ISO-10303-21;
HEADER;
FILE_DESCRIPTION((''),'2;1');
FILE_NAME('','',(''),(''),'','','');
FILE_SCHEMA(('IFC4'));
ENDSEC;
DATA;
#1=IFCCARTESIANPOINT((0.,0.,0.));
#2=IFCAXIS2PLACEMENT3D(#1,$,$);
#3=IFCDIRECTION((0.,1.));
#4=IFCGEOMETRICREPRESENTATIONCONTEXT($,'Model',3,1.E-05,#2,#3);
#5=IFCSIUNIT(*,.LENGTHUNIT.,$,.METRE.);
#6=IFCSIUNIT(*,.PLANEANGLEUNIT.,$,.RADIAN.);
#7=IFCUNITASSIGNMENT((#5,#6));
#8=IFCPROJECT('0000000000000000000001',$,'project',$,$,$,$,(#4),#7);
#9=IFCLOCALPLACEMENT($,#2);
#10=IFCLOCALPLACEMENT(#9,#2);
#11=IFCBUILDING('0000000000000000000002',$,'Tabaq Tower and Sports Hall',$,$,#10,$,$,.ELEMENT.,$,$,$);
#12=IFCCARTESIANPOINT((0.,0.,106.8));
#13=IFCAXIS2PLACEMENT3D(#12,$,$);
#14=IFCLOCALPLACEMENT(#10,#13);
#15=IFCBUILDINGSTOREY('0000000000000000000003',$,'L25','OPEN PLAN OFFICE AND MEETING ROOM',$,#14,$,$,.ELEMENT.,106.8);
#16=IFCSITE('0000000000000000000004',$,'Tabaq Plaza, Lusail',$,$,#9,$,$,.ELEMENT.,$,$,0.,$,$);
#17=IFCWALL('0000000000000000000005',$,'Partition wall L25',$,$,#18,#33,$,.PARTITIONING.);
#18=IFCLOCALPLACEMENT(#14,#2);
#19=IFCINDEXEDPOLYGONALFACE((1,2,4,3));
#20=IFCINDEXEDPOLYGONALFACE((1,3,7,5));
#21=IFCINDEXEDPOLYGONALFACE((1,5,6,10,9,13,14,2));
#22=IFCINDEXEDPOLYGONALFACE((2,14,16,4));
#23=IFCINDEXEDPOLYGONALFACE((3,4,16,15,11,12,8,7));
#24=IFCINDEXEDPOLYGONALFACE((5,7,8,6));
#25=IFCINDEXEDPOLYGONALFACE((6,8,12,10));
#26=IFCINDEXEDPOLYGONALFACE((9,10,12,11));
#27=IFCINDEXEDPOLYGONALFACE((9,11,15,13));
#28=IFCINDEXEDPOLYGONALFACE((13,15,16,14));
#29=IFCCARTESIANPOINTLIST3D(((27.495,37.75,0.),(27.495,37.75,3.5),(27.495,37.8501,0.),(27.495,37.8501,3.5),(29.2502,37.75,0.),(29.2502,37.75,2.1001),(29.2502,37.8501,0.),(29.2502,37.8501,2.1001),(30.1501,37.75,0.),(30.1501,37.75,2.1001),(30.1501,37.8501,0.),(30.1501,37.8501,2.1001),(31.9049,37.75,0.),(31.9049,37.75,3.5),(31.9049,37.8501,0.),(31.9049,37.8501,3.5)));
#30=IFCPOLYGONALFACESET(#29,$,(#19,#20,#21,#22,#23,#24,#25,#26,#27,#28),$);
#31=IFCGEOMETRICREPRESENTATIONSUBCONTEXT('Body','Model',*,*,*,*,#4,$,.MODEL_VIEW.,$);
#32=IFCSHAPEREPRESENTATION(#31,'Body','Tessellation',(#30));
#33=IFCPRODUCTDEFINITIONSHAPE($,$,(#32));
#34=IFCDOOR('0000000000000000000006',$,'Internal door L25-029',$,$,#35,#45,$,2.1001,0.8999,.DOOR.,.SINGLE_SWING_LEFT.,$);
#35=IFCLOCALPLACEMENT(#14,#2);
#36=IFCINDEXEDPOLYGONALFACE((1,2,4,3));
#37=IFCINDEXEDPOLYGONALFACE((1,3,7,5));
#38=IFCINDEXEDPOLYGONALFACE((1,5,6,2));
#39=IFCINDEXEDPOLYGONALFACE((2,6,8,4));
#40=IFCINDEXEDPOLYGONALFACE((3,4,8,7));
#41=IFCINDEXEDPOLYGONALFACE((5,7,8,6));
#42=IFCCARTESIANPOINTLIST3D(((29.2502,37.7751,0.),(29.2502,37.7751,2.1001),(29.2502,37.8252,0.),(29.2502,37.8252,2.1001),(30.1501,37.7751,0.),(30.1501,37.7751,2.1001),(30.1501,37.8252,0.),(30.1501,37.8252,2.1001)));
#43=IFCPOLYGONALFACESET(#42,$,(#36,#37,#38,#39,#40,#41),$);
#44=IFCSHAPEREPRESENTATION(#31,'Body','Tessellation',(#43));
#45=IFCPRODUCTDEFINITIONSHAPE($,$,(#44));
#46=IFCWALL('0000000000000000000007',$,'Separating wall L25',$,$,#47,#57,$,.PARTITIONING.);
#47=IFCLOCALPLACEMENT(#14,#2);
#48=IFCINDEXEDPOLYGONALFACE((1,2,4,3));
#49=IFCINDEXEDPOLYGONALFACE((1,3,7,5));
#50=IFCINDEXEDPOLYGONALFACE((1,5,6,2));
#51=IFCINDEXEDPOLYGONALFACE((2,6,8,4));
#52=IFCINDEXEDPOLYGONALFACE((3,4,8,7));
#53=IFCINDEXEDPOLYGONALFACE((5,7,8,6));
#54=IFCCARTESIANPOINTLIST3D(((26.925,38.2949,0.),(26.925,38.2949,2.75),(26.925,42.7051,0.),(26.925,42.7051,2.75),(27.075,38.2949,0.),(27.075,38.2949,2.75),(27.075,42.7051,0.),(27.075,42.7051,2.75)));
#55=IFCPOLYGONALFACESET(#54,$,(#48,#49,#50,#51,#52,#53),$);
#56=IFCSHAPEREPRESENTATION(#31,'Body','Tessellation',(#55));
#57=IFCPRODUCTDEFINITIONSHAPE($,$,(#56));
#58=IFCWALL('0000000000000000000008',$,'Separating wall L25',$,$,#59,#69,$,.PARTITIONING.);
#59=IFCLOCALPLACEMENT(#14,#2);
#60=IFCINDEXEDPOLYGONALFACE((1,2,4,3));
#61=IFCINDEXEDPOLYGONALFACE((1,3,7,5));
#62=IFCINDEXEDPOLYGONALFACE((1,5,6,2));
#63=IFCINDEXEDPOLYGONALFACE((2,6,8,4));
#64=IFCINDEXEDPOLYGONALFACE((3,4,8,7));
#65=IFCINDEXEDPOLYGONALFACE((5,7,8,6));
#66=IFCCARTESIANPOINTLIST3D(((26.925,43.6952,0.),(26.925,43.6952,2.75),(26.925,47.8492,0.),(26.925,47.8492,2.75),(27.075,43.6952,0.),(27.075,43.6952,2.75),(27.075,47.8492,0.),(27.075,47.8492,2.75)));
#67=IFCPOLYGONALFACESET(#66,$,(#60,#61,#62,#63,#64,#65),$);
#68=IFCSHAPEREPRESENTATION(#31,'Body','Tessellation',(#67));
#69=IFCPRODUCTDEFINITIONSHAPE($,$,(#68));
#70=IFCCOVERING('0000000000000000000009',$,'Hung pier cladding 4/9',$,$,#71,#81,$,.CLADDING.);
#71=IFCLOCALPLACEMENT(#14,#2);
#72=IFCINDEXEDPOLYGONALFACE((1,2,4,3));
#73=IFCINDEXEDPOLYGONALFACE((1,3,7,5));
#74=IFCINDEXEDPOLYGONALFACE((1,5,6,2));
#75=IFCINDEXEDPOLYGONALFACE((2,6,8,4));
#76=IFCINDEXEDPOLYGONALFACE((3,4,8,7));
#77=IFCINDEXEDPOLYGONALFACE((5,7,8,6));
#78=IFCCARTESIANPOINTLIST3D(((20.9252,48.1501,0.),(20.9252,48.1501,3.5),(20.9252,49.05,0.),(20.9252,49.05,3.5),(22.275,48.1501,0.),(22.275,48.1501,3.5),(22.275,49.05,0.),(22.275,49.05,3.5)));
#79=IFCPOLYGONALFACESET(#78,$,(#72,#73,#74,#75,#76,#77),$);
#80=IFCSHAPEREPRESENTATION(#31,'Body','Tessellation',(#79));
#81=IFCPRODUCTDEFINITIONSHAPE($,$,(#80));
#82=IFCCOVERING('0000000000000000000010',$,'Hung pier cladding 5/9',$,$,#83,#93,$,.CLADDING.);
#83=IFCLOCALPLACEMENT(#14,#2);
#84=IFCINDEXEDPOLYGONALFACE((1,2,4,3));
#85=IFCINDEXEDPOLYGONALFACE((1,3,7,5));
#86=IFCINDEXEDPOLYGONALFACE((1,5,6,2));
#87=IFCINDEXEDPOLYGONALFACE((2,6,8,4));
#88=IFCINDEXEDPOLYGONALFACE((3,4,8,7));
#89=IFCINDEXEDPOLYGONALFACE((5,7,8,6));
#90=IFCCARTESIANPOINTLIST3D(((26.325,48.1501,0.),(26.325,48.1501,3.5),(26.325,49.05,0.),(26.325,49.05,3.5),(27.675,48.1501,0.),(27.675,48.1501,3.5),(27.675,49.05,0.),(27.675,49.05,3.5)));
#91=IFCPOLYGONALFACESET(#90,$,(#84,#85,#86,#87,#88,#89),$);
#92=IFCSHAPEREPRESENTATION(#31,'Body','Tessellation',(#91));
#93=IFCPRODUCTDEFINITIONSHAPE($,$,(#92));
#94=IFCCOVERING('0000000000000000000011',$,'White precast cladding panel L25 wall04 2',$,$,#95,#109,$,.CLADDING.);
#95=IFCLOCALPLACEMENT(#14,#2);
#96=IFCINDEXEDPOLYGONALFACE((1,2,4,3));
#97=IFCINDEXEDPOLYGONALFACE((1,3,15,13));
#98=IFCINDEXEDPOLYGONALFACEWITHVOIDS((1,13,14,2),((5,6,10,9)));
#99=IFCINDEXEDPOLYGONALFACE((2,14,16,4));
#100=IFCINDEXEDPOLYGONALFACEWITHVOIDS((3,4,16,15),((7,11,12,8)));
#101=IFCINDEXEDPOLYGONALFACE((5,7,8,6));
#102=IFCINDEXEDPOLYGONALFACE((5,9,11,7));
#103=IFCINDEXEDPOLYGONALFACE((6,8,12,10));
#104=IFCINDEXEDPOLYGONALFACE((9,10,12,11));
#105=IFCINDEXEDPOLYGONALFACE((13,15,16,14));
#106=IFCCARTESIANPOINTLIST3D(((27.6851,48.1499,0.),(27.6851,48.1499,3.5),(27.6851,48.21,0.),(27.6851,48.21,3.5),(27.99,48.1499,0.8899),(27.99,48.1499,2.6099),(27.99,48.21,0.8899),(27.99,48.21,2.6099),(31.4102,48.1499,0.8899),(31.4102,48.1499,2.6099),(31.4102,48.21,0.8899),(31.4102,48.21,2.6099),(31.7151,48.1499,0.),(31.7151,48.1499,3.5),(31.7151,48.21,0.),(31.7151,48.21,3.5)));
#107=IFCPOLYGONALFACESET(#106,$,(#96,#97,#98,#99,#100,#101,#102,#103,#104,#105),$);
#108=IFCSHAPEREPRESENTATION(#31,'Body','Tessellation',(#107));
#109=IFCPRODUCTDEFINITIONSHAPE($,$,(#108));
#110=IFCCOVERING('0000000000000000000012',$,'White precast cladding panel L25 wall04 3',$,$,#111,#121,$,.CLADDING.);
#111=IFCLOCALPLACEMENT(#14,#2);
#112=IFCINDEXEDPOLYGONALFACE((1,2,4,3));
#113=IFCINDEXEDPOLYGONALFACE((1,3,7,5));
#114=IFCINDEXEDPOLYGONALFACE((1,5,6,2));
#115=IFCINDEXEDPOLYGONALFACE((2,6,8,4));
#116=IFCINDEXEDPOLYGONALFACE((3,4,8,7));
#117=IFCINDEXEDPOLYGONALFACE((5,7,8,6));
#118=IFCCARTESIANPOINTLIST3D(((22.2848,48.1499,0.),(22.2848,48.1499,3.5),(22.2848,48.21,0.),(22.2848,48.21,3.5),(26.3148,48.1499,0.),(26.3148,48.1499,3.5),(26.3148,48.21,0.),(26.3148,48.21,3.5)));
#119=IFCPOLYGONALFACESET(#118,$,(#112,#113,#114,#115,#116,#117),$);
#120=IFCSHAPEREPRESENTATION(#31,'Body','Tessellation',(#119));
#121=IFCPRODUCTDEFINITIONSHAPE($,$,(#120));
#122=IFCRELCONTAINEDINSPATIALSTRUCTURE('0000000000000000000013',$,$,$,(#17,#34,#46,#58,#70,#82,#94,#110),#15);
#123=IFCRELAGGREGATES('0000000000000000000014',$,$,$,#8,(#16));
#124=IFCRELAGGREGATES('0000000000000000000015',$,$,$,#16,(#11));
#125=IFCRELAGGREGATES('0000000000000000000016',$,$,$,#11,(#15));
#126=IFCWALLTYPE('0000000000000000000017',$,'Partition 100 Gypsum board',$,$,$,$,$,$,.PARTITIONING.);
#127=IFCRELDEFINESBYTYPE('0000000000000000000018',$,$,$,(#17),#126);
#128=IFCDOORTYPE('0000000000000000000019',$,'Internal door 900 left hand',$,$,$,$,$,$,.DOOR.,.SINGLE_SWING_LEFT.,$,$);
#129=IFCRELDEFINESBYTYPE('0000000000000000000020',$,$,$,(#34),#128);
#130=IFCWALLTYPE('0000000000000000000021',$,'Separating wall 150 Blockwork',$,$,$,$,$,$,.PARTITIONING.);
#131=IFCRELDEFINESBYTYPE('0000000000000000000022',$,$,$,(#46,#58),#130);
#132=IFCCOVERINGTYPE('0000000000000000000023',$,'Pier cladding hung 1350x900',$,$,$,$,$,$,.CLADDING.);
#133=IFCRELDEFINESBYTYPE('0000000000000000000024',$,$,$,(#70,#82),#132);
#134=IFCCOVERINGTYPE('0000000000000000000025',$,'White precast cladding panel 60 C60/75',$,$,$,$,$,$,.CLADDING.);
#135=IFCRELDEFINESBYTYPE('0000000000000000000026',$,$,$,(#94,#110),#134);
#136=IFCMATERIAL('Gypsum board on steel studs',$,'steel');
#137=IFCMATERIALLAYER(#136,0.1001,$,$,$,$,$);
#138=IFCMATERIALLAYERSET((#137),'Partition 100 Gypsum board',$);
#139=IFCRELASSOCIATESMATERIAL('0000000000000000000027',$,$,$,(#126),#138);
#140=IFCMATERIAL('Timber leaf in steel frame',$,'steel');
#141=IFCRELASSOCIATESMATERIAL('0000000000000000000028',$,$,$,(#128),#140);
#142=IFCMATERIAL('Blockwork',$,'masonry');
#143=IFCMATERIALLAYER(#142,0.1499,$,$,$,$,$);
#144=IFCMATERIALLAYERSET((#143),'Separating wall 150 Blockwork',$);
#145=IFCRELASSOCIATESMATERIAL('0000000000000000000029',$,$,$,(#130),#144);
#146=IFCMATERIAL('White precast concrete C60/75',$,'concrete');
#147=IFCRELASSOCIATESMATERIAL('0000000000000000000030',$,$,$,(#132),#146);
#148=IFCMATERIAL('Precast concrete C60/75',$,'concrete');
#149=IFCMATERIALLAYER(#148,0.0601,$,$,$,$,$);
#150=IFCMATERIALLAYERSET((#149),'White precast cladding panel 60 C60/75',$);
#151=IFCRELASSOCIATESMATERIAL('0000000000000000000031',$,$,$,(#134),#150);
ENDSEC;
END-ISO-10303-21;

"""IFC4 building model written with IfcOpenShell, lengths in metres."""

from ifc_helpers import new_model, si_unit, direction, frame, frame_2d, origin, place, context, subcontext, project, spatial, polyline, rectangle, outline, extrude, material, layer, layer_set, type_object, element, fill, save


model = new_model("IFC4")

# Units and contexts
model_context = context("Model", 3, precision=1e-05, world=origin(), true_north=direction((0.0, 1.0)))
body_context = subcontext(model_context, "Body", "Model", "MODEL_VIEW")
ifc_project = project(units=[si_unit("LENGTHUNIT", "METRE"), si_unit("PLANEANGLEUNIT", "RADIAN")], contexts=[model_context])

# Site, building, storey
site_placement = place(None, origin())
site = spatial("IfcSite", under=ifc_project, at=site_placement, Name="Tabaq Plaza, Lusail", CompositionType="ELEMENT", RefElevation=0.0)
building_placement = place(site_placement, origin())
building = spatial("IfcBuilding", under=site, at=building_placement, Name="Tabaq Tower and Sports Hall", CompositionType="ELEMENT")
storey_placement = place(building_placement, frame((0.0, 0.0, 106.8)))
storey = spatial("IfcBuildingStorey", under=building, at=storey_placement, Name="L25", Description="OPEN PLAN OFFICE AND MEETING ROOM", CompositionType="ELEMENT", Elevation=106.8)

# Shared definitions
ifc_material_1 = material(Name="Gypsum board on steel studs", Category="steel")
ifc_layer_1 = layer(ifc_material_1, 0.1001)
ifc_layer_set_1 = layer_set([ifc_layer_1], Name="Partition 100 Gypsum board")
wall_type_1 = type_object("IfcWallType", Name="Partition 100 Gypsum board", PredefinedType="PARTITIONING", material=ifc_layer_set_1)
ifc_material_2 = material(Name="Timber leaf in steel frame", Category="steel")
door_type = type_object("IfcDoorType", Name="Internal door 900 left hand", OperationType="SINGLE_SWING_LEFT", PredefinedType="DOOR", material=ifc_material_2)

# Wall, opening, door
wall_1_placement = place(storey_placement, frame((31.905, 37.8, 0.0), z_axis=(0.0, 0.0, 1.0), x_axis=(-1.0, 0.0, 0.0)))
wall_1 = element("IfcWall", 1, at=wall_1_placement, inside=storey, type_object=wall_type_1, Name="Partition wall L25", PredefinedType="PARTITIONING", context=body_context, shape_type="SweptSolid", body=[
    extrude(rectangle(XDim=4.4099, YDim=0.1001, at=frame_2d((2.2051, 0.0))), origin(), (0.0, 0.0, 1.0), 3.5),
])
opening_1_placement = place(wall_1_placement, frame((1.7549, 0.0, 0.0)))
opening_1 = element("IfcOpeningElement", 2, at=opening_1_placement, cuts=wall_1, PredefinedType="OPENING", context=body_context, shape_type="SweptSolid", body=[
    extrude(rectangle(XDim=0.8999, YDim=2.1001, at=frame_2d((0.45, 1.05))), frame((0.0, 0.05, 0.0), z_axis=(0.0, -1.0, 0.0), x_axis=(1.0, 0.0, 0.0)), (0.0, 0.0, 1.0), 0.1001),
])
door_1_placement = place(opening_1_placement, origin())
door_1 = element("IfcDoor", 3, at=door_1_placement, inside=storey, type_object=door_type, Name="Internal door L25-029", OperationType="SINGLE_SWING_LEFT", OverallHeight=2.1001, OverallWidth=0.8999, PredefinedType="DOOR", context=body_context, shape_type="SweptSolid", body=[
    extrude(rectangle(XDim=0.8999, YDim=2.1001, at=frame_2d((0.45, 1.05))), frame((0.0, 0.0249, 0.0), z_axis=(0.0, -1.0, 0.0), x_axis=(1.0, 0.0, 0.0)), (0.0, 0.0, 1.0), 0.05),
])
fill(opening_1, door_1)

# Walls
ifc_material_3 = material(Name="Blockwork", Category="masonry")
ifc_layer_2 = layer(ifc_material_3, 0.1499)
ifc_layer_set_2 = layer_set([ifc_layer_2], Name="Separating wall 150 Blockwork")
wall_type_2 = type_object("IfcWallType", Name="Separating wall 150 Blockwork", PredefinedType="PARTITIONING", material=ifc_layer_set_2)
wall_2_placement = place(storey_placement, frame((27.0, 38.2949, 0.0), z_axis=(0.0, 0.0, 1.0), x_axis=(0.0, 1.0, 0.0)))
element("IfcWall", 4, at=wall_2_placement, inside=storey, type_object=wall_type_2, Name="Separating wall L25", PredefinedType="PARTITIONING", context=body_context, shape_type="SweptSolid", body=[
    extrude(rectangle(XDim=4.4102, YDim=0.1499, at=frame_2d((2.2051, 0.0))), origin(), (0.0, 0.0, 1.0), 2.75),
])
wall_3_placement = place(storey_placement, frame((27.0, 43.6951, 0.0), z_axis=(0.0, 0.0, 1.0), x_axis=(0.0, 1.0, 0.0)))
element("IfcWall", 5, at=wall_3_placement, inside=storey, type_object=wall_type_2, Name="Separating wall L25", PredefinedType="PARTITIONING", context=body_context, shape_type="SweptSolid", body=[
    extrude(rectangle(XDim=4.1541, YDim=0.1499, at=frame_2d((2.0771, 0.0))), origin(), (0.0, 0.0, 1.0), 2.75),
])

# Coverings
ifc_material_4 = material(Name="White precast concrete C60/75", Category="concrete")
covering_type_1 = type_object("IfcCoveringType", Name="Pier cladding hung 1350x900", PredefinedType="CLADDING", material=ifc_material_4)
covering_1_placement = place(storey_placement, frame((22.2749, 48.6001, 0.0), z_axis=(0.0, 0.0, 1.0), x_axis=(-1.0, 0.0, 0.0)))
element("IfcCovering", 6, at=covering_1_placement, inside=storey, type_object=covering_type_1, Name="Hung pier cladding 4/9", PredefinedType="CLADDING", context=body_context, shape_type="SweptSolid", body=[
    extrude(rectangle(XDim=1.3499, YDim=0.8999, at=frame_2d((0.6748, 0.0))), origin(), (0.0, 0.0, 1.0), 3.5),
])
covering_2_placement = place(storey_placement, frame((27.675, 48.6001, 0.0), z_axis=(0.0, 0.0, 1.0), x_axis=(-1.0, 0.0, 0.0)))
element("IfcCovering", 7, at=covering_2_placement, inside=storey, type_object=covering_type_1, Name="Hung pier cladding 5/9", PredefinedType="CLADDING", context=body_context, shape_type="SweptSolid", body=[
    extrude(rectangle(XDim=1.3501, YDim=0.8999, at=frame_2d((0.675, 0.0))), origin(), (0.0, 0.0, 1.0), 3.5),
])
ifc_material_5 = material(Name="Precast concrete C60/75", Category="concrete")
ifc_layer_3 = layer(ifc_material_5, 0.0601)
ifc_layer_set_3 = layer_set([ifc_layer_3], Name="White precast cladding panel 60 C60/75")
covering_type_2 = type_object("IfcCoveringType", Name="White precast cladding panel 60 C60/75", PredefinedType="CLADDING", material=ifc_layer_set_3)
covering_3_placement = place(storey_placement, frame((31.7151, 48.1799, 0.0), z_axis=(0.0, 0.0, 1.0), x_axis=(-1.0, 0.0, 0.0)))
element("IfcCovering", 8, at=covering_3_placement, inside=storey, type_object=covering_type_2, Name="White precast cladding panel L25 wall04 2", PredefinedType="CLADDING", context=body_context, shape_type="SweptSolid", body=[
    extrude(outline(polyline([(0.0, 0.0), (4.03, 0.0), (4.03, 3.5), (0.0, 3.5), (0.0, 0.0)]), holes=[polyline([(0.3049, 0.8899), (0.3049, 2.6099), (3.7251, 2.6099), (3.7251, 0.8899), (0.3049, 0.8899)])]), frame((0.0, 0.03, 0.0), z_axis=(0.0, -1.0, 0.0), x_axis=(1.0, 0.0, 0.0)), (0.0, 0.0, 1.0), 0.0601),
])
covering_4_placement = place(storey_placement, frame((26.3149, 48.1799, 0.0), z_axis=(0.0, 0.0, 1.0), x_axis=(-1.0, 0.0, 0.0)))
element("IfcCovering", 9, at=covering_4_placement, inside=storey, type_object=covering_type_2, Name="White precast cladding panel L25 wall04 3", PredefinedType="CLADDING", context=body_context, shape_type="SweptSolid", body=[
    extrude(rectangle(XDim=4.03, YDim=0.0601, at=frame_2d((2.0151, 0.0))), origin(), (0.0, 0.0, 1.0), 3.5),
])

save(model, "model.ifc")
